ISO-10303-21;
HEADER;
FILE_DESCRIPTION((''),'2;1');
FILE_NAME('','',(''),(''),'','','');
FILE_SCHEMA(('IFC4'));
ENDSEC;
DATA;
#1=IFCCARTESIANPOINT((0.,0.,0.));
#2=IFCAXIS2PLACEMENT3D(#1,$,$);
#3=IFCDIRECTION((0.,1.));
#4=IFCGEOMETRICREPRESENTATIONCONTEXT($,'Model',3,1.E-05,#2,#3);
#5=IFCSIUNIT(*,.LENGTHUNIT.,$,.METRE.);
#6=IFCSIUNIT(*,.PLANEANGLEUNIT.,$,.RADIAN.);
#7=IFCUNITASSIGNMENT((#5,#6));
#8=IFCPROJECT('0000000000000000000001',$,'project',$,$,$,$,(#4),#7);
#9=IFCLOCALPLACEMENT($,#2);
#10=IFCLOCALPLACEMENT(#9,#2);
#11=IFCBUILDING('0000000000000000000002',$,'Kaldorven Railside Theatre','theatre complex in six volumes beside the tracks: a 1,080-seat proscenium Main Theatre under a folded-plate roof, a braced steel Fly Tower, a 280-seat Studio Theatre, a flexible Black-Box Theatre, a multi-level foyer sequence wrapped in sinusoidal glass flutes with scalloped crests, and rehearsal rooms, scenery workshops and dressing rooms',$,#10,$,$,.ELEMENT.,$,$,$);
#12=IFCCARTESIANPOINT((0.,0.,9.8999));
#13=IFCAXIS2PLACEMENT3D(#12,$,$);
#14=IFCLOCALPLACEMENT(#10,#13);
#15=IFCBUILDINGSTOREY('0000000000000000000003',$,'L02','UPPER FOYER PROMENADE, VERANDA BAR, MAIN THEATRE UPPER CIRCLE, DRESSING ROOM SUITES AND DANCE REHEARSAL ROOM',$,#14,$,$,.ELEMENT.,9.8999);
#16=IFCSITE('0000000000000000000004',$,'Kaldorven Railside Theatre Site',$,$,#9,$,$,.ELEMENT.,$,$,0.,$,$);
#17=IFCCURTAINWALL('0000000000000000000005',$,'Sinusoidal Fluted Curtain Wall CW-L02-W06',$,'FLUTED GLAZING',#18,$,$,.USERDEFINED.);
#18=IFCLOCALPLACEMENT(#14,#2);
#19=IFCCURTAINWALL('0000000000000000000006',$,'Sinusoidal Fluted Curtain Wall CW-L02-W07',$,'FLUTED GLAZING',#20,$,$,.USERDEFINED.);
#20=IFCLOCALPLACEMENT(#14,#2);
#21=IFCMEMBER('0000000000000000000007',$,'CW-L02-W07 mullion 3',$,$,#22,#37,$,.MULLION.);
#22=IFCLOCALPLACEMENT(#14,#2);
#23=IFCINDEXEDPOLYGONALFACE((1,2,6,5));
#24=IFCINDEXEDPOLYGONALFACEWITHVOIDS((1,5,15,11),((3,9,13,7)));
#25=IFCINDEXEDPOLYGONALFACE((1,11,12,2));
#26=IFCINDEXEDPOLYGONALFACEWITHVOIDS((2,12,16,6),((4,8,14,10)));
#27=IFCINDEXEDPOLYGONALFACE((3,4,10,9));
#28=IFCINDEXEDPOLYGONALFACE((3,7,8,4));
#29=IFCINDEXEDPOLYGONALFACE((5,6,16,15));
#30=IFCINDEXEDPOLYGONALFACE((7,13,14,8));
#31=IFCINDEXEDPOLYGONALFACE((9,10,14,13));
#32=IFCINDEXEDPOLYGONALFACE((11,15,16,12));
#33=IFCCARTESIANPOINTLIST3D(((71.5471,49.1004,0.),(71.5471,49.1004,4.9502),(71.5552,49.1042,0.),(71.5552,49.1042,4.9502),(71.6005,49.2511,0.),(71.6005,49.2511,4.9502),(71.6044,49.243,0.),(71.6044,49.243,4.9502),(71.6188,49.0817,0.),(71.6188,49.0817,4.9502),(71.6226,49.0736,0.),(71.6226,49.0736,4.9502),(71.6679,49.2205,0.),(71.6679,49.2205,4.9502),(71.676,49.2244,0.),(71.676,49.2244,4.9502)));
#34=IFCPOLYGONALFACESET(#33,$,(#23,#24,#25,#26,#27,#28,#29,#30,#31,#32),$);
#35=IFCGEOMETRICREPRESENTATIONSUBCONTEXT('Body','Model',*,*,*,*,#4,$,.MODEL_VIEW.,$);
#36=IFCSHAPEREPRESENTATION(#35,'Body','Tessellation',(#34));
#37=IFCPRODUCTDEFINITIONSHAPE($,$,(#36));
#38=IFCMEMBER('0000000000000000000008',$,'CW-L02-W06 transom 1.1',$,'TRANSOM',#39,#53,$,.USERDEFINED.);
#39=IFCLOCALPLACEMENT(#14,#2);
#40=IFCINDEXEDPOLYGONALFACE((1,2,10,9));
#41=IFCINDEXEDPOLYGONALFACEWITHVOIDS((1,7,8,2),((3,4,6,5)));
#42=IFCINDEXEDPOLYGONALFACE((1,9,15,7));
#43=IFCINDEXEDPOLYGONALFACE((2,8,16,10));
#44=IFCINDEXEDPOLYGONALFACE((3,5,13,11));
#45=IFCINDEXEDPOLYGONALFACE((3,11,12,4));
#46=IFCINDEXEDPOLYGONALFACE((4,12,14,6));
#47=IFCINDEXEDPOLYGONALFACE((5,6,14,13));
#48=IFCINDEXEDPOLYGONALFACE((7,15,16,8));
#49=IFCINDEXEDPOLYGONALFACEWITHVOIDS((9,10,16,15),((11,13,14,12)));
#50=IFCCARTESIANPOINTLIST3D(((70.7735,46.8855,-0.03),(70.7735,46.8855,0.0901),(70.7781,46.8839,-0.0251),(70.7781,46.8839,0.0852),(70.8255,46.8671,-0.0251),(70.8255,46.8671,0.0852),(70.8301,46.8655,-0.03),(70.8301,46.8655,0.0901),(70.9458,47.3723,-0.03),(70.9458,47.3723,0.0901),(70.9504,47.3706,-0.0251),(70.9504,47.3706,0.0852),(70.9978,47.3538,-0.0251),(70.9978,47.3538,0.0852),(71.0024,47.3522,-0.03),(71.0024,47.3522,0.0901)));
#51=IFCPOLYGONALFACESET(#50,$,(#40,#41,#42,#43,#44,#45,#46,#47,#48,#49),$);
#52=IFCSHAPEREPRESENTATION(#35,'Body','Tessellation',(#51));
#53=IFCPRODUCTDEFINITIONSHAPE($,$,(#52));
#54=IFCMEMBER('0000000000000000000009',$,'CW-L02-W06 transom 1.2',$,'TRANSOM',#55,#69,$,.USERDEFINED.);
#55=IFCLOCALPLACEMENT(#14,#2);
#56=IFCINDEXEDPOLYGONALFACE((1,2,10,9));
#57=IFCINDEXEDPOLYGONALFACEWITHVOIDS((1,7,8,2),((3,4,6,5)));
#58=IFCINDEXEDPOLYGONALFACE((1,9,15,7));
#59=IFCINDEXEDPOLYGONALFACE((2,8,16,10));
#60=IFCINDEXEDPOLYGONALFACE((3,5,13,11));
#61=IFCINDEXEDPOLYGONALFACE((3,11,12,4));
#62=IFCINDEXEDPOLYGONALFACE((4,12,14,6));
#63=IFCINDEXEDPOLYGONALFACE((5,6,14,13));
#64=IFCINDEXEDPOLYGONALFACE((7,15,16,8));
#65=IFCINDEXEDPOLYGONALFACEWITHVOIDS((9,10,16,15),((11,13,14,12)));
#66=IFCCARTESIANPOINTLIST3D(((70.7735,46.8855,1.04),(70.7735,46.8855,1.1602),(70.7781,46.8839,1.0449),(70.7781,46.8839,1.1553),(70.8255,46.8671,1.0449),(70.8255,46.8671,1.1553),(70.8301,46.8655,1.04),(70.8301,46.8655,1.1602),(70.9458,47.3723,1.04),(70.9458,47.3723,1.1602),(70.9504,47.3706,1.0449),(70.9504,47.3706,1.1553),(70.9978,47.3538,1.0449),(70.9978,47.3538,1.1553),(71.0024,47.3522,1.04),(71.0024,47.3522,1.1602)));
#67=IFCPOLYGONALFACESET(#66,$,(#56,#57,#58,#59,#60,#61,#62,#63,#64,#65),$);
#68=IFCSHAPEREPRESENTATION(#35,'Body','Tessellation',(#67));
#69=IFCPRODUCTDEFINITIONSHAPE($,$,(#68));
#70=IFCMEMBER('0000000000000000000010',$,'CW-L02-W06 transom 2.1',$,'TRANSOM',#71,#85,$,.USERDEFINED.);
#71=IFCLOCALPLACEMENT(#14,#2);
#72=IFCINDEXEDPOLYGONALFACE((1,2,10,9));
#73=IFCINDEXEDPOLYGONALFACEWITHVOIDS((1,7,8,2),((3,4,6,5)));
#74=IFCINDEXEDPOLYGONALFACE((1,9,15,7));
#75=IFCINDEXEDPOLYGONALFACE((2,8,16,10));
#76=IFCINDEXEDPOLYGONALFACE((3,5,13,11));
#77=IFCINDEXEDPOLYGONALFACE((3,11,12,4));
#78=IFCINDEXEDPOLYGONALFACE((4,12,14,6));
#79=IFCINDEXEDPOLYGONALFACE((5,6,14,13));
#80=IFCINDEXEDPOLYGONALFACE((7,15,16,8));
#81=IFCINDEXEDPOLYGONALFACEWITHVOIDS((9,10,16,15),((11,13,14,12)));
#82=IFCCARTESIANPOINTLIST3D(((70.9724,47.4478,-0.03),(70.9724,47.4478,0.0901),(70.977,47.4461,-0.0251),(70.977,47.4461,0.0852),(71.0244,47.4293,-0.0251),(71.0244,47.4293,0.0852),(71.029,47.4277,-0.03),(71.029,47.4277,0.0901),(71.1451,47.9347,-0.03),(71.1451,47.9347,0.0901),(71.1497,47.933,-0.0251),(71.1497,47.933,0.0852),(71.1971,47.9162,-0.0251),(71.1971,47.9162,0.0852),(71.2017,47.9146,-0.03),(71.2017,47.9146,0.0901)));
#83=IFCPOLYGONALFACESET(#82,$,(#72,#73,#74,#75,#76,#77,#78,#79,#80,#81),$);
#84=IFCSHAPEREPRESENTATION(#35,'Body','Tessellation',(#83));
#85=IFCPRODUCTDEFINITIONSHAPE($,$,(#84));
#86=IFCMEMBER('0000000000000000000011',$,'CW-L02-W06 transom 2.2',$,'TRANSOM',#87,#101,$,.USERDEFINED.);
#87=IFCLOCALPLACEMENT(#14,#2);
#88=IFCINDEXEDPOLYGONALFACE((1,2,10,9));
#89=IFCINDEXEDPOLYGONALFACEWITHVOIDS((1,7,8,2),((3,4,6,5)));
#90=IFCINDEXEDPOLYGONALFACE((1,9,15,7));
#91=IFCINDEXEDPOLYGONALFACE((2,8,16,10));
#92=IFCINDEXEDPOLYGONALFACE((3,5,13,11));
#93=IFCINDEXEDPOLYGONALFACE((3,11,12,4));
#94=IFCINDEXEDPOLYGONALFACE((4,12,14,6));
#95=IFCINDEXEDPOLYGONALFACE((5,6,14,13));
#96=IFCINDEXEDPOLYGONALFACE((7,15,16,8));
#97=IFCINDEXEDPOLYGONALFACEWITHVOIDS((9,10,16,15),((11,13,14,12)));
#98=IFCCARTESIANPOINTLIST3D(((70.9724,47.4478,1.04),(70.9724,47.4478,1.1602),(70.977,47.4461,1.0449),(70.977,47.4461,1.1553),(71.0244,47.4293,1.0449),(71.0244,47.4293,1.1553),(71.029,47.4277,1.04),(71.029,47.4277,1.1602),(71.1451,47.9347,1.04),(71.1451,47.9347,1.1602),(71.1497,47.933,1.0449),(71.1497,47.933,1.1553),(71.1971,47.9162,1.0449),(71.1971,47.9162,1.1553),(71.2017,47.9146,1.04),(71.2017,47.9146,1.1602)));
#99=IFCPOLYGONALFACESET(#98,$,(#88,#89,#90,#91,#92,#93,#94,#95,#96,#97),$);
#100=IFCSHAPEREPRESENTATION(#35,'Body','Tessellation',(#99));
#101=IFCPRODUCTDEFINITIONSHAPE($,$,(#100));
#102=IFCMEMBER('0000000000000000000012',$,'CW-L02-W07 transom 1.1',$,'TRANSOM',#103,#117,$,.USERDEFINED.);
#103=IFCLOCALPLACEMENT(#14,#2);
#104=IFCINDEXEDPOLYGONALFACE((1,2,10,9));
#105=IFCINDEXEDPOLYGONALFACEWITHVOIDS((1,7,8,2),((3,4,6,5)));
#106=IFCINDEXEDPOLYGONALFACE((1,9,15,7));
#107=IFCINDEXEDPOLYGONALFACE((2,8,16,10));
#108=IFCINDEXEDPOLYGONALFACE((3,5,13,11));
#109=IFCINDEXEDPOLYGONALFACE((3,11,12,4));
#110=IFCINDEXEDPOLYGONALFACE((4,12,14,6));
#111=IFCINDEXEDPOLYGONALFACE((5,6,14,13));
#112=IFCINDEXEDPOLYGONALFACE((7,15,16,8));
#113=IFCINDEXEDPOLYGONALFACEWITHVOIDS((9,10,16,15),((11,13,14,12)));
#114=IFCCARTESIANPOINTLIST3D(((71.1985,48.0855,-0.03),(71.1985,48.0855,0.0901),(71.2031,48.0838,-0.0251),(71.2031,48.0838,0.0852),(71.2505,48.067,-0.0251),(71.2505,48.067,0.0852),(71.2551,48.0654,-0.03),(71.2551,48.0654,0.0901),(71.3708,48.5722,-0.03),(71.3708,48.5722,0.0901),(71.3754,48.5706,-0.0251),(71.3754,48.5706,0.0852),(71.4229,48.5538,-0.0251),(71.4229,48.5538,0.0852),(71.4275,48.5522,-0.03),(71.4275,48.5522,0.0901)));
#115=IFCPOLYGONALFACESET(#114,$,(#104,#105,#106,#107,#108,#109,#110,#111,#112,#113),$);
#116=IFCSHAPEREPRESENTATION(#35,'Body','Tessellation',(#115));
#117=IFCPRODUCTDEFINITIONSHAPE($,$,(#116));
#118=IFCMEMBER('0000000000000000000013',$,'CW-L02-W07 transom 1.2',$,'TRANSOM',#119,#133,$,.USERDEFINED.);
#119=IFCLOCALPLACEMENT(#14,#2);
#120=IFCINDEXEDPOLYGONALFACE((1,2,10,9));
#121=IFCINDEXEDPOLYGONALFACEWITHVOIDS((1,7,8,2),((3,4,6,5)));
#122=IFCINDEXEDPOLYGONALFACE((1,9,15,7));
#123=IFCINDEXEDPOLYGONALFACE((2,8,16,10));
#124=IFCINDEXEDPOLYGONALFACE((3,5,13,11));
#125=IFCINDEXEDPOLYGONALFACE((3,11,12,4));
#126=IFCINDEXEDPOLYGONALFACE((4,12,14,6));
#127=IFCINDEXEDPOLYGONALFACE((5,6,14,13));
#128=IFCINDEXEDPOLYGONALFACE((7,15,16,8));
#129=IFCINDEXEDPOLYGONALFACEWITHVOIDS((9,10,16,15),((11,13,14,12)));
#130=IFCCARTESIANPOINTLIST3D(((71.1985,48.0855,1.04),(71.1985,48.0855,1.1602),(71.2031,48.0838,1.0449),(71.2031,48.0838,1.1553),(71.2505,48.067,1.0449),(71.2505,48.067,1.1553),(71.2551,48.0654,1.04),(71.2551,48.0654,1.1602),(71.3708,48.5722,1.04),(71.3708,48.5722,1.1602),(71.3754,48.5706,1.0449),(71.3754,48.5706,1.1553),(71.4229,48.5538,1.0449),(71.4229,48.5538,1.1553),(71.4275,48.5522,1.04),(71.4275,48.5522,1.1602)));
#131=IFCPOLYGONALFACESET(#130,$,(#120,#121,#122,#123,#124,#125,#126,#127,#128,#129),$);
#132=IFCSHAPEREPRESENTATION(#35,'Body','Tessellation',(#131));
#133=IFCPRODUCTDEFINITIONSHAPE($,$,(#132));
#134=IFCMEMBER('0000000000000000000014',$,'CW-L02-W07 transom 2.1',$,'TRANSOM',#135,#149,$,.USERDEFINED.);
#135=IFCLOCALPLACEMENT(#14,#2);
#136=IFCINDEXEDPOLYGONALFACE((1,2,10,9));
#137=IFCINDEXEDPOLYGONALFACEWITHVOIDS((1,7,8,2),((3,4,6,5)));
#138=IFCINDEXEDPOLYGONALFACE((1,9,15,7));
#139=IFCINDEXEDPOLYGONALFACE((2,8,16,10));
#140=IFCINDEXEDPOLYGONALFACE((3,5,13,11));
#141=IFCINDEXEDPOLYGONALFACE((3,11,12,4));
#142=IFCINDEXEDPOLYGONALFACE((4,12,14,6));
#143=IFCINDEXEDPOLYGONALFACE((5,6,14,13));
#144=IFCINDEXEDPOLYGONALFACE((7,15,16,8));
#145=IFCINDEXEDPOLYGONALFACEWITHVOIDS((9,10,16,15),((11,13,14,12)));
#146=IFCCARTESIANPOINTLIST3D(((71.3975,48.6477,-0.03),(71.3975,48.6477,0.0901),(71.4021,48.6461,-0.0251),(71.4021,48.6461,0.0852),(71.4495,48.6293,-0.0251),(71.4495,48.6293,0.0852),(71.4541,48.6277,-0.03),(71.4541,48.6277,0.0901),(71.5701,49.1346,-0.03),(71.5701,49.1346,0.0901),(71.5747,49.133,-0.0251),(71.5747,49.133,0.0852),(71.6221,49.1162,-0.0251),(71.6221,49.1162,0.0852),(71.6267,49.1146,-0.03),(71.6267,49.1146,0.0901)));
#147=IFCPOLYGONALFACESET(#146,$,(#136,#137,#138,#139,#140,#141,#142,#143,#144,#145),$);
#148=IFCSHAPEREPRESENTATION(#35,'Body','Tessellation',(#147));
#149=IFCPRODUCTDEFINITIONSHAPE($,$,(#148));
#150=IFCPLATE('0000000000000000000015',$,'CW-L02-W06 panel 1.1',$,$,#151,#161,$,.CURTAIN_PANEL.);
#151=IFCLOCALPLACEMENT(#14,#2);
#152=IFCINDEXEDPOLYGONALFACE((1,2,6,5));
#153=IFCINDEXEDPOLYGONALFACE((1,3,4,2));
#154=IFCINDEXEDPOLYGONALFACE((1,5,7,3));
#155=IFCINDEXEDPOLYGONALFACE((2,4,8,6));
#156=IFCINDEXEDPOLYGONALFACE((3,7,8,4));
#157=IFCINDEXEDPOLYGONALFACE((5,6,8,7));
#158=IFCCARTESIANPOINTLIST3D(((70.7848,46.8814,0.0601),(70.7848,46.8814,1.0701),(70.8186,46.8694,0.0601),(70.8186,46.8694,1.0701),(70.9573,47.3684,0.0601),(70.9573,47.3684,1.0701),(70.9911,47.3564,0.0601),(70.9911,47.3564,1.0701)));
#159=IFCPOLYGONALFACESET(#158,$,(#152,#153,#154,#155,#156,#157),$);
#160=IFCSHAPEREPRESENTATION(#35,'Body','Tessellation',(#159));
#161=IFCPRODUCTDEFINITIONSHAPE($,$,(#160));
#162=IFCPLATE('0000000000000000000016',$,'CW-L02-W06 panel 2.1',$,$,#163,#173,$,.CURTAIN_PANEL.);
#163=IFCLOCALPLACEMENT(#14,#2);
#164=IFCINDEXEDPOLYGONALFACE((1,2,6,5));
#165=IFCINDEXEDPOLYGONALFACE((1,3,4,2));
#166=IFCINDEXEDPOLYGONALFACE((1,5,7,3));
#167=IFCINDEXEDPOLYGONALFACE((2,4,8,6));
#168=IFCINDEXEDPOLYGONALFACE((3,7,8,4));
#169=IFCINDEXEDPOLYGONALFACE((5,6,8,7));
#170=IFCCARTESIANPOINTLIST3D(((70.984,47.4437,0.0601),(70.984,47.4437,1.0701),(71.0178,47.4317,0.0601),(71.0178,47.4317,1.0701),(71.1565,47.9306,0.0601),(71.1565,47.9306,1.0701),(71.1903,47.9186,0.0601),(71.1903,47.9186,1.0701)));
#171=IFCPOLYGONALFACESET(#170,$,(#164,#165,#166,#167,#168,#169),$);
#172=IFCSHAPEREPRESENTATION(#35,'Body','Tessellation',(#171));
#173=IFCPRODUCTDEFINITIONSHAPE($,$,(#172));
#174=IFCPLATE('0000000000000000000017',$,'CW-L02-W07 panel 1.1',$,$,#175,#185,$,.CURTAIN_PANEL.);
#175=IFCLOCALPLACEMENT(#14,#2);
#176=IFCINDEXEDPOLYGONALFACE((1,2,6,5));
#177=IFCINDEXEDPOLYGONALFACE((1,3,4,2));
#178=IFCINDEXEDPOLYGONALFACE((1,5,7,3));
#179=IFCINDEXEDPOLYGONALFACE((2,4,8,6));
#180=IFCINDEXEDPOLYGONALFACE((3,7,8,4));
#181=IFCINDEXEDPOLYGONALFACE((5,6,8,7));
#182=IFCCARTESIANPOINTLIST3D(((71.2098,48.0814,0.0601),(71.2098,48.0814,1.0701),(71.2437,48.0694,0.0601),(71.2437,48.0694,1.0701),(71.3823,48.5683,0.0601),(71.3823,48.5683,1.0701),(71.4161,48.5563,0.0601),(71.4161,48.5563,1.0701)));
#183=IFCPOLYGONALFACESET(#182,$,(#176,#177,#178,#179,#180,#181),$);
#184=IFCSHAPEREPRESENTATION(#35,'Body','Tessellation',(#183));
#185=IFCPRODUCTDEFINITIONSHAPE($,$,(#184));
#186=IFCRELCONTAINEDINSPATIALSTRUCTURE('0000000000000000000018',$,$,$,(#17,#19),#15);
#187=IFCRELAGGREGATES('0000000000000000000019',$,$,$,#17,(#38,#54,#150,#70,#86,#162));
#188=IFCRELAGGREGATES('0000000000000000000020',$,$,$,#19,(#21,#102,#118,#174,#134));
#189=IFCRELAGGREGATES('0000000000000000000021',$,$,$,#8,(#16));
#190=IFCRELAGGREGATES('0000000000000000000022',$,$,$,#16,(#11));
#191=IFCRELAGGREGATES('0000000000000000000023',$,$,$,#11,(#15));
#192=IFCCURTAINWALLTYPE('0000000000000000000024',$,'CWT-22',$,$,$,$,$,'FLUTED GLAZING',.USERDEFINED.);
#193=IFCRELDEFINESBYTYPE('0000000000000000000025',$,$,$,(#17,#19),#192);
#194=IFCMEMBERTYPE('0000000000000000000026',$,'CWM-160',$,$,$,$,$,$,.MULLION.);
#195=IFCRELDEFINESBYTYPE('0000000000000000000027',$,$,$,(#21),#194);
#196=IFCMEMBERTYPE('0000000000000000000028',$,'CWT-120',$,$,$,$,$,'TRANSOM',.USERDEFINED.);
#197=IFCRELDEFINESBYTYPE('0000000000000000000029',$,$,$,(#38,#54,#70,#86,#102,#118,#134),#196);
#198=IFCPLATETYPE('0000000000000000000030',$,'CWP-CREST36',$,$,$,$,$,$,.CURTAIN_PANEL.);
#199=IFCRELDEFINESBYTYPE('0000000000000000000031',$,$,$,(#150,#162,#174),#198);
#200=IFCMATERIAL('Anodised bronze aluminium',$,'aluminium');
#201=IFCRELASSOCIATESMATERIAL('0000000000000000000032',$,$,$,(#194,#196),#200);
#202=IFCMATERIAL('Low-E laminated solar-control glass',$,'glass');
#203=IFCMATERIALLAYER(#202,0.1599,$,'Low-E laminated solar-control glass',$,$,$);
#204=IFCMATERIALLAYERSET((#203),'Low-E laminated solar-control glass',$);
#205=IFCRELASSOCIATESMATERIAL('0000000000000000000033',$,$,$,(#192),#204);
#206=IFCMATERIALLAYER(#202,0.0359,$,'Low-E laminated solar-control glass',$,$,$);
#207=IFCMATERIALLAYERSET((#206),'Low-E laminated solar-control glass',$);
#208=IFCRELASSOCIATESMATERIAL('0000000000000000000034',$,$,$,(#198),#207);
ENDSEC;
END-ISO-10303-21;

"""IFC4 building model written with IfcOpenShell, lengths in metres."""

from ifc_helpers import new_model, si_unit, direction, frame, origin, origin_2d, place, context, subcontext, project, spatial, rectangle, hollow_rectangle, extrude, material, layer, layer_set, material_profile, profile_set, type_object, element, aggregate, save


model = new_model("IFC4")

# Units and contexts
model_context = context("Model", 3, precision=1e-05, world=origin(), true_north=direction((0.0, 1.0)))
body_context = subcontext(model_context, "Body", "Model", "MODEL_VIEW")
ifc_project = project(units=[si_unit("LENGTHUNIT", "METRE"), si_unit("PLANEANGLEUNIT", "RADIAN")], contexts=[model_context])

# Site, building, storey
site_placement = place(None, origin())
site = spatial("IfcSite", under=ifc_project, at=site_placement, Name="Kaldorven Railside Theatre Site", CompositionType="ELEMENT", RefElevation=0.0)
building_placement = place(site_placement, origin())
building = spatial("IfcBuilding", under=site, at=building_placement, Name="Kaldorven Railside Theatre", Description="theatre complex in six volumes beside the tracks: a 1,080-seat proscenium Main Theatre under a folded-plate roof, a braced steel Fly Tower, a 280-seat Studio Theatre, a flexible Black-Box Theatre, a multi-level foyer sequence wrapped in sinusoidal glass flutes with scalloped crests, and rehearsal rooms, scenery workshops and dressing rooms", CompositionType="ELEMENT")
storey_placement = place(building_placement, frame((0.0, 0.0, 9.8999)))
storey = spatial("IfcBuildingStorey", under=building, at=storey_placement, Name="L02", Description="UPPER FOYER PROMENADE, VERANDA BAR, MAIN THEATRE UPPER CIRCLE, DRESSING ROOM SUITES AND DANCE REHEARSAL ROOM", CompositionType="ELEMENT", Elevation=9.8999)

# Shared definitions
ifc_material_1 = material(Name="Low-E laminated solar-control glass", Category="glass")
ifc_material_2 = material(Name="Anodised bronze aluminium", Category="aluminium")
ifc_material_profile_1 = material_profile(ifc_material_2, hollow_rectangle(XDim=0.0801, YDim=0.1599, WallThickness=0.0063, at=origin_2d()), Name="RHS 160x80x6.3")
ifc_profile_set_1 = profile_set([ifc_material_profile_1], Name="Anodised bronze aluminium")
member_type_1 = type_object("IfcMemberType", Name="CWM-160", PredefinedType="MULLION", material=ifc_profile_set_1)

# Curtain walls, member
ifc_layer_1 = layer(ifc_material_1, 0.1599, Name="Low-E laminated solar-control glass")
ifc_layer_set_1 = layer_set([ifc_layer_1], Name="Low-E laminated solar-control glass")
curtain_wall_type_1 = type_object("IfcCurtainWallType", Name="CWT-22", ElementType="FLUTED GLAZING", PredefinedType="USERDEFINED", material=ifc_layer_set_1)
curtain_wall_1_placement = place(storey_placement, origin())
curtain_wall_1 = element("IfcCurtainWall", 1, at=curtain_wall_1_placement, inside=storey, type_object=curtain_wall_type_1, Name="Sinusoidal Fluted Curtain Wall CW-L02-W06", ObjectType="FLUTED GLAZING", PredefinedType="USERDEFINED")
curtain_wall_2_placement = place(storey_placement, origin())
curtain_wall_2 = element("IfcCurtainWall", 2, at=curtain_wall_2_placement, inside=storey, type_object=curtain_wall_type_1, Name="Sinusoidal Fluted Curtain Wall CW-L02-W07", ObjectType="FLUTED GLAZING", PredefinedType="USERDEFINED")
member_1_placement = place(storey_placement, frame((71.6116, 49.1624, 0.0), z_axis=(0.0, 0.0, 1.0), x_axis=(-0.942627, 0.333847, 0.0)))
member_1 = element("IfcMember", 3, at=member_1_placement, type_object=member_type_1, Name="CW-L02-W07 mullion 3", PredefinedType="MULLION", context=body_context, shape_type="SweptSolid", body=[
    extrude(hollow_rectangle(XDim=0.0801, YDim=0.1599, WallThickness=0.0063, at=origin_2d()), origin(), (0.0, 0.0, 1.0), 4.9502),
])

# Members
ifc_material_profile_2 = material_profile(ifc_material_2, hollow_rectangle(XDim=0.0601, YDim=0.1201, WallThickness=0.0049, at=origin_2d()), Name="RHS 120x60x5")
ifc_profile_set_2 = profile_set([ifc_material_profile_2], Name="Anodised bronze aluminium")
member_type_2 = type_object("IfcMemberType", Name="CWT-120", ElementType="TRANSOM", PredefinedType="USERDEFINED", material=ifc_profile_set_2)
member_2_placement = place(storey_placement, frame((70.8018, 46.8755, 0.03), z_axis=(0.33376, 0.942658, 0.0), x_axis=(-0.942658, 0.33376, 0.0)))
member_2 = element("IfcMember", 4, at=member_2_placement, type_object=member_type_2, Name="CW-L02-W06 transom 1.1", ObjectType="TRANSOM", PredefinedType="USERDEFINED", context=body_context, shape_type="SweptSolid", body=[
    extrude(hollow_rectangle(XDim=0.0601, YDim=0.1201, WallThickness=0.0049, at=origin_2d()), origin(), (0.0, 0.0, 1.0), 0.5164),
])
member_3_placement = place(storey_placement, frame((70.8018, 46.8755, 1.1001), z_axis=(0.33376, 0.942658, 0.0), x_axis=(-0.942658, 0.33376, 0.0)))
member_3 = element("IfcMember", 5, at=member_3_placement, type_object=member_type_2, Name="CW-L02-W06 transom 1.2", ObjectType="TRANSOM", PredefinedType="USERDEFINED", context=body_context, shape_type="SweptSolid", body=[
    extrude(hollow_rectangle(XDim=0.0601, YDim=0.1201, WallThickness=0.0049, at=origin_2d()), origin(), (0.0, 0.0, 1.0), 0.5164),
])
member_4_placement = place(storey_placement, frame((71.0007, 47.4377, 0.03), z_axis=(0.33418, 0.942509, 0.0), x_axis=(-0.942509, 0.33418, 0.0)))
member_4 = element("IfcMember", 6, at=member_4_placement, type_object=member_type_2, Name="CW-L02-W06 transom 2.1", ObjectType="TRANSOM", PredefinedType="USERDEFINED", context=body_context, shape_type="SweptSolid", body=[
    extrude(hollow_rectangle(XDim=0.0601, YDim=0.1201, WallThickness=0.0049, at=origin_2d()), origin(), (0.0, 0.0, 1.0), 0.5166),
])
member_5_placement = place(storey_placement, frame((71.0007, 47.4377, 1.1001), z_axis=(0.33418, 0.942509, 0.0), x_axis=(-0.942509, 0.33418, 0.0)))
member_5 = element("IfcMember", 7, at=member_5_placement, type_object=member_type_2, Name="CW-L02-W06 transom 2.2", ObjectType="TRANSOM", PredefinedType="USERDEFINED", context=body_context, shape_type="SweptSolid", body=[
    extrude(hollow_rectangle(XDim=0.0601, YDim=0.1201, WallThickness=0.0049, at=origin_2d()), origin(), (0.0, 0.0, 1.0), 0.5166),
])
member_6_placement = place(storey_placement, frame((71.2268, 48.0754, 0.03), z_axis=(0.33376, 0.942658, 0.0), x_axis=(-0.942658, 0.33376, 0.0)))
member_6 = element("IfcMember", 8, at=member_6_placement, type_object=member_type_2, Name="CW-L02-W07 transom 1.1", ObjectType="TRANSOM", PredefinedType="USERDEFINED", context=body_context, shape_type="SweptSolid", body=[
    extrude(hollow_rectangle(XDim=0.0601, YDim=0.1201, WallThickness=0.0049, at=origin_2d()), origin(), (0.0, 0.0, 1.0), 0.5164),
])
member_7_placement = place(storey_placement, frame((71.2268, 48.0754, 1.1001), z_axis=(0.33376, 0.942658, 0.0), x_axis=(-0.942658, 0.33376, 0.0)))
member_7 = element("IfcMember", 9, at=member_7_placement, type_object=member_type_2, Name="CW-L02-W07 transom 1.2", ObjectType="TRANSOM", PredefinedType="USERDEFINED", context=body_context, shape_type="SweptSolid", body=[
    extrude(hollow_rectangle(XDim=0.0601, YDim=0.1201, WallThickness=0.0049, at=origin_2d()), origin(), (0.0, 0.0, 1.0), 0.5164),
])
member_8_placement = place(storey_placement, frame((71.4258, 48.6377, 0.03), z_axis=(0.33418, 0.942509, 0.0), x_axis=(-0.942509, 0.33418, 0.0)))
member_8 = element("IfcMember", 10, at=member_8_placement, type_object=member_type_2, Name="CW-L02-W07 transom 2.1", ObjectType="TRANSOM", PredefinedType="USERDEFINED", context=body_context, shape_type="SweptSolid", body=[
    extrude(hollow_rectangle(XDim=0.0601, YDim=0.1201, WallThickness=0.0049, at=origin_2d()), origin(), (0.0, 0.0, 1.0), 0.5166),
])

# Plates
ifc_layer_2 = layer(ifc_material_1, 0.0359, Name="Low-E laminated solar-control glass")
ifc_layer_set_2 = layer_set([ifc_layer_2], Name="Low-E laminated solar-control glass")
plate_type = type_object("IfcPlateType", Name="CWP-CREST36", PredefinedType="CURTAIN_PANEL", material=ifc_layer_set_2)
plate_1_placement = place(storey_placement, frame((70.8879, 47.1189, 0.0601), z_axis=(0.0, 0.0, 1.0), x_axis=(0.333847, 0.942627, 0.0)))
plate_1 = element("IfcPlate", 11, at=plate_1_placement, type_object=plate_type, Name="CW-L02-W06 panel 1.1", PredefinedType="CURTAIN_PANEL", context=body_context, shape_type="SweptSolid", body=[
    extrude(rectangle(XDim=0.5166, YDim=0.0359, at=origin_2d()), origin(), (0.0, 0.0, 1.0), 1.01),
])
plate_2_placement = place(storey_placement, frame((71.0872, 47.6812, 0.0601), z_axis=(0.0, 0.0, 1.0), x_axis=(0.333847, 0.942627, 0.0)))
plate_2 = element("IfcPlate", 12, at=plate_2_placement, type_object=plate_type, Name="CW-L02-W06 panel 2.1", PredefinedType="CURTAIN_PANEL", context=body_context, shape_type="SweptSolid", body=[
    extrude(rectangle(XDim=0.5166, YDim=0.0359, at=origin_2d()), origin(), (0.0, 0.0, 1.0), 1.01),
])
aggregate(curtain_wall_1, [member_2, member_3, plate_1, member_4, member_5, plate_2])
plate_3_placement = place(storey_placement, frame((71.313, 48.3188, 0.0601), z_axis=(0.0, 0.0, 1.0), x_axis=(0.333847, 0.942627, 0.0)))
plate_3 = element("IfcPlate", 13, at=plate_3_placement, type_object=plate_type, Name="CW-L02-W07 panel 1.1", PredefinedType="CURTAIN_PANEL", context=body_context, shape_type="SweptSolid", body=[
    extrude(rectangle(XDim=0.5166, YDim=0.0359, at=origin_2d()), origin(), (0.0, 0.0, 1.0), 1.01),
])
aggregate(curtain_wall_2, [member_1, member_6, member_7, plate_3, member_8])

save(model, "model.ifc")
